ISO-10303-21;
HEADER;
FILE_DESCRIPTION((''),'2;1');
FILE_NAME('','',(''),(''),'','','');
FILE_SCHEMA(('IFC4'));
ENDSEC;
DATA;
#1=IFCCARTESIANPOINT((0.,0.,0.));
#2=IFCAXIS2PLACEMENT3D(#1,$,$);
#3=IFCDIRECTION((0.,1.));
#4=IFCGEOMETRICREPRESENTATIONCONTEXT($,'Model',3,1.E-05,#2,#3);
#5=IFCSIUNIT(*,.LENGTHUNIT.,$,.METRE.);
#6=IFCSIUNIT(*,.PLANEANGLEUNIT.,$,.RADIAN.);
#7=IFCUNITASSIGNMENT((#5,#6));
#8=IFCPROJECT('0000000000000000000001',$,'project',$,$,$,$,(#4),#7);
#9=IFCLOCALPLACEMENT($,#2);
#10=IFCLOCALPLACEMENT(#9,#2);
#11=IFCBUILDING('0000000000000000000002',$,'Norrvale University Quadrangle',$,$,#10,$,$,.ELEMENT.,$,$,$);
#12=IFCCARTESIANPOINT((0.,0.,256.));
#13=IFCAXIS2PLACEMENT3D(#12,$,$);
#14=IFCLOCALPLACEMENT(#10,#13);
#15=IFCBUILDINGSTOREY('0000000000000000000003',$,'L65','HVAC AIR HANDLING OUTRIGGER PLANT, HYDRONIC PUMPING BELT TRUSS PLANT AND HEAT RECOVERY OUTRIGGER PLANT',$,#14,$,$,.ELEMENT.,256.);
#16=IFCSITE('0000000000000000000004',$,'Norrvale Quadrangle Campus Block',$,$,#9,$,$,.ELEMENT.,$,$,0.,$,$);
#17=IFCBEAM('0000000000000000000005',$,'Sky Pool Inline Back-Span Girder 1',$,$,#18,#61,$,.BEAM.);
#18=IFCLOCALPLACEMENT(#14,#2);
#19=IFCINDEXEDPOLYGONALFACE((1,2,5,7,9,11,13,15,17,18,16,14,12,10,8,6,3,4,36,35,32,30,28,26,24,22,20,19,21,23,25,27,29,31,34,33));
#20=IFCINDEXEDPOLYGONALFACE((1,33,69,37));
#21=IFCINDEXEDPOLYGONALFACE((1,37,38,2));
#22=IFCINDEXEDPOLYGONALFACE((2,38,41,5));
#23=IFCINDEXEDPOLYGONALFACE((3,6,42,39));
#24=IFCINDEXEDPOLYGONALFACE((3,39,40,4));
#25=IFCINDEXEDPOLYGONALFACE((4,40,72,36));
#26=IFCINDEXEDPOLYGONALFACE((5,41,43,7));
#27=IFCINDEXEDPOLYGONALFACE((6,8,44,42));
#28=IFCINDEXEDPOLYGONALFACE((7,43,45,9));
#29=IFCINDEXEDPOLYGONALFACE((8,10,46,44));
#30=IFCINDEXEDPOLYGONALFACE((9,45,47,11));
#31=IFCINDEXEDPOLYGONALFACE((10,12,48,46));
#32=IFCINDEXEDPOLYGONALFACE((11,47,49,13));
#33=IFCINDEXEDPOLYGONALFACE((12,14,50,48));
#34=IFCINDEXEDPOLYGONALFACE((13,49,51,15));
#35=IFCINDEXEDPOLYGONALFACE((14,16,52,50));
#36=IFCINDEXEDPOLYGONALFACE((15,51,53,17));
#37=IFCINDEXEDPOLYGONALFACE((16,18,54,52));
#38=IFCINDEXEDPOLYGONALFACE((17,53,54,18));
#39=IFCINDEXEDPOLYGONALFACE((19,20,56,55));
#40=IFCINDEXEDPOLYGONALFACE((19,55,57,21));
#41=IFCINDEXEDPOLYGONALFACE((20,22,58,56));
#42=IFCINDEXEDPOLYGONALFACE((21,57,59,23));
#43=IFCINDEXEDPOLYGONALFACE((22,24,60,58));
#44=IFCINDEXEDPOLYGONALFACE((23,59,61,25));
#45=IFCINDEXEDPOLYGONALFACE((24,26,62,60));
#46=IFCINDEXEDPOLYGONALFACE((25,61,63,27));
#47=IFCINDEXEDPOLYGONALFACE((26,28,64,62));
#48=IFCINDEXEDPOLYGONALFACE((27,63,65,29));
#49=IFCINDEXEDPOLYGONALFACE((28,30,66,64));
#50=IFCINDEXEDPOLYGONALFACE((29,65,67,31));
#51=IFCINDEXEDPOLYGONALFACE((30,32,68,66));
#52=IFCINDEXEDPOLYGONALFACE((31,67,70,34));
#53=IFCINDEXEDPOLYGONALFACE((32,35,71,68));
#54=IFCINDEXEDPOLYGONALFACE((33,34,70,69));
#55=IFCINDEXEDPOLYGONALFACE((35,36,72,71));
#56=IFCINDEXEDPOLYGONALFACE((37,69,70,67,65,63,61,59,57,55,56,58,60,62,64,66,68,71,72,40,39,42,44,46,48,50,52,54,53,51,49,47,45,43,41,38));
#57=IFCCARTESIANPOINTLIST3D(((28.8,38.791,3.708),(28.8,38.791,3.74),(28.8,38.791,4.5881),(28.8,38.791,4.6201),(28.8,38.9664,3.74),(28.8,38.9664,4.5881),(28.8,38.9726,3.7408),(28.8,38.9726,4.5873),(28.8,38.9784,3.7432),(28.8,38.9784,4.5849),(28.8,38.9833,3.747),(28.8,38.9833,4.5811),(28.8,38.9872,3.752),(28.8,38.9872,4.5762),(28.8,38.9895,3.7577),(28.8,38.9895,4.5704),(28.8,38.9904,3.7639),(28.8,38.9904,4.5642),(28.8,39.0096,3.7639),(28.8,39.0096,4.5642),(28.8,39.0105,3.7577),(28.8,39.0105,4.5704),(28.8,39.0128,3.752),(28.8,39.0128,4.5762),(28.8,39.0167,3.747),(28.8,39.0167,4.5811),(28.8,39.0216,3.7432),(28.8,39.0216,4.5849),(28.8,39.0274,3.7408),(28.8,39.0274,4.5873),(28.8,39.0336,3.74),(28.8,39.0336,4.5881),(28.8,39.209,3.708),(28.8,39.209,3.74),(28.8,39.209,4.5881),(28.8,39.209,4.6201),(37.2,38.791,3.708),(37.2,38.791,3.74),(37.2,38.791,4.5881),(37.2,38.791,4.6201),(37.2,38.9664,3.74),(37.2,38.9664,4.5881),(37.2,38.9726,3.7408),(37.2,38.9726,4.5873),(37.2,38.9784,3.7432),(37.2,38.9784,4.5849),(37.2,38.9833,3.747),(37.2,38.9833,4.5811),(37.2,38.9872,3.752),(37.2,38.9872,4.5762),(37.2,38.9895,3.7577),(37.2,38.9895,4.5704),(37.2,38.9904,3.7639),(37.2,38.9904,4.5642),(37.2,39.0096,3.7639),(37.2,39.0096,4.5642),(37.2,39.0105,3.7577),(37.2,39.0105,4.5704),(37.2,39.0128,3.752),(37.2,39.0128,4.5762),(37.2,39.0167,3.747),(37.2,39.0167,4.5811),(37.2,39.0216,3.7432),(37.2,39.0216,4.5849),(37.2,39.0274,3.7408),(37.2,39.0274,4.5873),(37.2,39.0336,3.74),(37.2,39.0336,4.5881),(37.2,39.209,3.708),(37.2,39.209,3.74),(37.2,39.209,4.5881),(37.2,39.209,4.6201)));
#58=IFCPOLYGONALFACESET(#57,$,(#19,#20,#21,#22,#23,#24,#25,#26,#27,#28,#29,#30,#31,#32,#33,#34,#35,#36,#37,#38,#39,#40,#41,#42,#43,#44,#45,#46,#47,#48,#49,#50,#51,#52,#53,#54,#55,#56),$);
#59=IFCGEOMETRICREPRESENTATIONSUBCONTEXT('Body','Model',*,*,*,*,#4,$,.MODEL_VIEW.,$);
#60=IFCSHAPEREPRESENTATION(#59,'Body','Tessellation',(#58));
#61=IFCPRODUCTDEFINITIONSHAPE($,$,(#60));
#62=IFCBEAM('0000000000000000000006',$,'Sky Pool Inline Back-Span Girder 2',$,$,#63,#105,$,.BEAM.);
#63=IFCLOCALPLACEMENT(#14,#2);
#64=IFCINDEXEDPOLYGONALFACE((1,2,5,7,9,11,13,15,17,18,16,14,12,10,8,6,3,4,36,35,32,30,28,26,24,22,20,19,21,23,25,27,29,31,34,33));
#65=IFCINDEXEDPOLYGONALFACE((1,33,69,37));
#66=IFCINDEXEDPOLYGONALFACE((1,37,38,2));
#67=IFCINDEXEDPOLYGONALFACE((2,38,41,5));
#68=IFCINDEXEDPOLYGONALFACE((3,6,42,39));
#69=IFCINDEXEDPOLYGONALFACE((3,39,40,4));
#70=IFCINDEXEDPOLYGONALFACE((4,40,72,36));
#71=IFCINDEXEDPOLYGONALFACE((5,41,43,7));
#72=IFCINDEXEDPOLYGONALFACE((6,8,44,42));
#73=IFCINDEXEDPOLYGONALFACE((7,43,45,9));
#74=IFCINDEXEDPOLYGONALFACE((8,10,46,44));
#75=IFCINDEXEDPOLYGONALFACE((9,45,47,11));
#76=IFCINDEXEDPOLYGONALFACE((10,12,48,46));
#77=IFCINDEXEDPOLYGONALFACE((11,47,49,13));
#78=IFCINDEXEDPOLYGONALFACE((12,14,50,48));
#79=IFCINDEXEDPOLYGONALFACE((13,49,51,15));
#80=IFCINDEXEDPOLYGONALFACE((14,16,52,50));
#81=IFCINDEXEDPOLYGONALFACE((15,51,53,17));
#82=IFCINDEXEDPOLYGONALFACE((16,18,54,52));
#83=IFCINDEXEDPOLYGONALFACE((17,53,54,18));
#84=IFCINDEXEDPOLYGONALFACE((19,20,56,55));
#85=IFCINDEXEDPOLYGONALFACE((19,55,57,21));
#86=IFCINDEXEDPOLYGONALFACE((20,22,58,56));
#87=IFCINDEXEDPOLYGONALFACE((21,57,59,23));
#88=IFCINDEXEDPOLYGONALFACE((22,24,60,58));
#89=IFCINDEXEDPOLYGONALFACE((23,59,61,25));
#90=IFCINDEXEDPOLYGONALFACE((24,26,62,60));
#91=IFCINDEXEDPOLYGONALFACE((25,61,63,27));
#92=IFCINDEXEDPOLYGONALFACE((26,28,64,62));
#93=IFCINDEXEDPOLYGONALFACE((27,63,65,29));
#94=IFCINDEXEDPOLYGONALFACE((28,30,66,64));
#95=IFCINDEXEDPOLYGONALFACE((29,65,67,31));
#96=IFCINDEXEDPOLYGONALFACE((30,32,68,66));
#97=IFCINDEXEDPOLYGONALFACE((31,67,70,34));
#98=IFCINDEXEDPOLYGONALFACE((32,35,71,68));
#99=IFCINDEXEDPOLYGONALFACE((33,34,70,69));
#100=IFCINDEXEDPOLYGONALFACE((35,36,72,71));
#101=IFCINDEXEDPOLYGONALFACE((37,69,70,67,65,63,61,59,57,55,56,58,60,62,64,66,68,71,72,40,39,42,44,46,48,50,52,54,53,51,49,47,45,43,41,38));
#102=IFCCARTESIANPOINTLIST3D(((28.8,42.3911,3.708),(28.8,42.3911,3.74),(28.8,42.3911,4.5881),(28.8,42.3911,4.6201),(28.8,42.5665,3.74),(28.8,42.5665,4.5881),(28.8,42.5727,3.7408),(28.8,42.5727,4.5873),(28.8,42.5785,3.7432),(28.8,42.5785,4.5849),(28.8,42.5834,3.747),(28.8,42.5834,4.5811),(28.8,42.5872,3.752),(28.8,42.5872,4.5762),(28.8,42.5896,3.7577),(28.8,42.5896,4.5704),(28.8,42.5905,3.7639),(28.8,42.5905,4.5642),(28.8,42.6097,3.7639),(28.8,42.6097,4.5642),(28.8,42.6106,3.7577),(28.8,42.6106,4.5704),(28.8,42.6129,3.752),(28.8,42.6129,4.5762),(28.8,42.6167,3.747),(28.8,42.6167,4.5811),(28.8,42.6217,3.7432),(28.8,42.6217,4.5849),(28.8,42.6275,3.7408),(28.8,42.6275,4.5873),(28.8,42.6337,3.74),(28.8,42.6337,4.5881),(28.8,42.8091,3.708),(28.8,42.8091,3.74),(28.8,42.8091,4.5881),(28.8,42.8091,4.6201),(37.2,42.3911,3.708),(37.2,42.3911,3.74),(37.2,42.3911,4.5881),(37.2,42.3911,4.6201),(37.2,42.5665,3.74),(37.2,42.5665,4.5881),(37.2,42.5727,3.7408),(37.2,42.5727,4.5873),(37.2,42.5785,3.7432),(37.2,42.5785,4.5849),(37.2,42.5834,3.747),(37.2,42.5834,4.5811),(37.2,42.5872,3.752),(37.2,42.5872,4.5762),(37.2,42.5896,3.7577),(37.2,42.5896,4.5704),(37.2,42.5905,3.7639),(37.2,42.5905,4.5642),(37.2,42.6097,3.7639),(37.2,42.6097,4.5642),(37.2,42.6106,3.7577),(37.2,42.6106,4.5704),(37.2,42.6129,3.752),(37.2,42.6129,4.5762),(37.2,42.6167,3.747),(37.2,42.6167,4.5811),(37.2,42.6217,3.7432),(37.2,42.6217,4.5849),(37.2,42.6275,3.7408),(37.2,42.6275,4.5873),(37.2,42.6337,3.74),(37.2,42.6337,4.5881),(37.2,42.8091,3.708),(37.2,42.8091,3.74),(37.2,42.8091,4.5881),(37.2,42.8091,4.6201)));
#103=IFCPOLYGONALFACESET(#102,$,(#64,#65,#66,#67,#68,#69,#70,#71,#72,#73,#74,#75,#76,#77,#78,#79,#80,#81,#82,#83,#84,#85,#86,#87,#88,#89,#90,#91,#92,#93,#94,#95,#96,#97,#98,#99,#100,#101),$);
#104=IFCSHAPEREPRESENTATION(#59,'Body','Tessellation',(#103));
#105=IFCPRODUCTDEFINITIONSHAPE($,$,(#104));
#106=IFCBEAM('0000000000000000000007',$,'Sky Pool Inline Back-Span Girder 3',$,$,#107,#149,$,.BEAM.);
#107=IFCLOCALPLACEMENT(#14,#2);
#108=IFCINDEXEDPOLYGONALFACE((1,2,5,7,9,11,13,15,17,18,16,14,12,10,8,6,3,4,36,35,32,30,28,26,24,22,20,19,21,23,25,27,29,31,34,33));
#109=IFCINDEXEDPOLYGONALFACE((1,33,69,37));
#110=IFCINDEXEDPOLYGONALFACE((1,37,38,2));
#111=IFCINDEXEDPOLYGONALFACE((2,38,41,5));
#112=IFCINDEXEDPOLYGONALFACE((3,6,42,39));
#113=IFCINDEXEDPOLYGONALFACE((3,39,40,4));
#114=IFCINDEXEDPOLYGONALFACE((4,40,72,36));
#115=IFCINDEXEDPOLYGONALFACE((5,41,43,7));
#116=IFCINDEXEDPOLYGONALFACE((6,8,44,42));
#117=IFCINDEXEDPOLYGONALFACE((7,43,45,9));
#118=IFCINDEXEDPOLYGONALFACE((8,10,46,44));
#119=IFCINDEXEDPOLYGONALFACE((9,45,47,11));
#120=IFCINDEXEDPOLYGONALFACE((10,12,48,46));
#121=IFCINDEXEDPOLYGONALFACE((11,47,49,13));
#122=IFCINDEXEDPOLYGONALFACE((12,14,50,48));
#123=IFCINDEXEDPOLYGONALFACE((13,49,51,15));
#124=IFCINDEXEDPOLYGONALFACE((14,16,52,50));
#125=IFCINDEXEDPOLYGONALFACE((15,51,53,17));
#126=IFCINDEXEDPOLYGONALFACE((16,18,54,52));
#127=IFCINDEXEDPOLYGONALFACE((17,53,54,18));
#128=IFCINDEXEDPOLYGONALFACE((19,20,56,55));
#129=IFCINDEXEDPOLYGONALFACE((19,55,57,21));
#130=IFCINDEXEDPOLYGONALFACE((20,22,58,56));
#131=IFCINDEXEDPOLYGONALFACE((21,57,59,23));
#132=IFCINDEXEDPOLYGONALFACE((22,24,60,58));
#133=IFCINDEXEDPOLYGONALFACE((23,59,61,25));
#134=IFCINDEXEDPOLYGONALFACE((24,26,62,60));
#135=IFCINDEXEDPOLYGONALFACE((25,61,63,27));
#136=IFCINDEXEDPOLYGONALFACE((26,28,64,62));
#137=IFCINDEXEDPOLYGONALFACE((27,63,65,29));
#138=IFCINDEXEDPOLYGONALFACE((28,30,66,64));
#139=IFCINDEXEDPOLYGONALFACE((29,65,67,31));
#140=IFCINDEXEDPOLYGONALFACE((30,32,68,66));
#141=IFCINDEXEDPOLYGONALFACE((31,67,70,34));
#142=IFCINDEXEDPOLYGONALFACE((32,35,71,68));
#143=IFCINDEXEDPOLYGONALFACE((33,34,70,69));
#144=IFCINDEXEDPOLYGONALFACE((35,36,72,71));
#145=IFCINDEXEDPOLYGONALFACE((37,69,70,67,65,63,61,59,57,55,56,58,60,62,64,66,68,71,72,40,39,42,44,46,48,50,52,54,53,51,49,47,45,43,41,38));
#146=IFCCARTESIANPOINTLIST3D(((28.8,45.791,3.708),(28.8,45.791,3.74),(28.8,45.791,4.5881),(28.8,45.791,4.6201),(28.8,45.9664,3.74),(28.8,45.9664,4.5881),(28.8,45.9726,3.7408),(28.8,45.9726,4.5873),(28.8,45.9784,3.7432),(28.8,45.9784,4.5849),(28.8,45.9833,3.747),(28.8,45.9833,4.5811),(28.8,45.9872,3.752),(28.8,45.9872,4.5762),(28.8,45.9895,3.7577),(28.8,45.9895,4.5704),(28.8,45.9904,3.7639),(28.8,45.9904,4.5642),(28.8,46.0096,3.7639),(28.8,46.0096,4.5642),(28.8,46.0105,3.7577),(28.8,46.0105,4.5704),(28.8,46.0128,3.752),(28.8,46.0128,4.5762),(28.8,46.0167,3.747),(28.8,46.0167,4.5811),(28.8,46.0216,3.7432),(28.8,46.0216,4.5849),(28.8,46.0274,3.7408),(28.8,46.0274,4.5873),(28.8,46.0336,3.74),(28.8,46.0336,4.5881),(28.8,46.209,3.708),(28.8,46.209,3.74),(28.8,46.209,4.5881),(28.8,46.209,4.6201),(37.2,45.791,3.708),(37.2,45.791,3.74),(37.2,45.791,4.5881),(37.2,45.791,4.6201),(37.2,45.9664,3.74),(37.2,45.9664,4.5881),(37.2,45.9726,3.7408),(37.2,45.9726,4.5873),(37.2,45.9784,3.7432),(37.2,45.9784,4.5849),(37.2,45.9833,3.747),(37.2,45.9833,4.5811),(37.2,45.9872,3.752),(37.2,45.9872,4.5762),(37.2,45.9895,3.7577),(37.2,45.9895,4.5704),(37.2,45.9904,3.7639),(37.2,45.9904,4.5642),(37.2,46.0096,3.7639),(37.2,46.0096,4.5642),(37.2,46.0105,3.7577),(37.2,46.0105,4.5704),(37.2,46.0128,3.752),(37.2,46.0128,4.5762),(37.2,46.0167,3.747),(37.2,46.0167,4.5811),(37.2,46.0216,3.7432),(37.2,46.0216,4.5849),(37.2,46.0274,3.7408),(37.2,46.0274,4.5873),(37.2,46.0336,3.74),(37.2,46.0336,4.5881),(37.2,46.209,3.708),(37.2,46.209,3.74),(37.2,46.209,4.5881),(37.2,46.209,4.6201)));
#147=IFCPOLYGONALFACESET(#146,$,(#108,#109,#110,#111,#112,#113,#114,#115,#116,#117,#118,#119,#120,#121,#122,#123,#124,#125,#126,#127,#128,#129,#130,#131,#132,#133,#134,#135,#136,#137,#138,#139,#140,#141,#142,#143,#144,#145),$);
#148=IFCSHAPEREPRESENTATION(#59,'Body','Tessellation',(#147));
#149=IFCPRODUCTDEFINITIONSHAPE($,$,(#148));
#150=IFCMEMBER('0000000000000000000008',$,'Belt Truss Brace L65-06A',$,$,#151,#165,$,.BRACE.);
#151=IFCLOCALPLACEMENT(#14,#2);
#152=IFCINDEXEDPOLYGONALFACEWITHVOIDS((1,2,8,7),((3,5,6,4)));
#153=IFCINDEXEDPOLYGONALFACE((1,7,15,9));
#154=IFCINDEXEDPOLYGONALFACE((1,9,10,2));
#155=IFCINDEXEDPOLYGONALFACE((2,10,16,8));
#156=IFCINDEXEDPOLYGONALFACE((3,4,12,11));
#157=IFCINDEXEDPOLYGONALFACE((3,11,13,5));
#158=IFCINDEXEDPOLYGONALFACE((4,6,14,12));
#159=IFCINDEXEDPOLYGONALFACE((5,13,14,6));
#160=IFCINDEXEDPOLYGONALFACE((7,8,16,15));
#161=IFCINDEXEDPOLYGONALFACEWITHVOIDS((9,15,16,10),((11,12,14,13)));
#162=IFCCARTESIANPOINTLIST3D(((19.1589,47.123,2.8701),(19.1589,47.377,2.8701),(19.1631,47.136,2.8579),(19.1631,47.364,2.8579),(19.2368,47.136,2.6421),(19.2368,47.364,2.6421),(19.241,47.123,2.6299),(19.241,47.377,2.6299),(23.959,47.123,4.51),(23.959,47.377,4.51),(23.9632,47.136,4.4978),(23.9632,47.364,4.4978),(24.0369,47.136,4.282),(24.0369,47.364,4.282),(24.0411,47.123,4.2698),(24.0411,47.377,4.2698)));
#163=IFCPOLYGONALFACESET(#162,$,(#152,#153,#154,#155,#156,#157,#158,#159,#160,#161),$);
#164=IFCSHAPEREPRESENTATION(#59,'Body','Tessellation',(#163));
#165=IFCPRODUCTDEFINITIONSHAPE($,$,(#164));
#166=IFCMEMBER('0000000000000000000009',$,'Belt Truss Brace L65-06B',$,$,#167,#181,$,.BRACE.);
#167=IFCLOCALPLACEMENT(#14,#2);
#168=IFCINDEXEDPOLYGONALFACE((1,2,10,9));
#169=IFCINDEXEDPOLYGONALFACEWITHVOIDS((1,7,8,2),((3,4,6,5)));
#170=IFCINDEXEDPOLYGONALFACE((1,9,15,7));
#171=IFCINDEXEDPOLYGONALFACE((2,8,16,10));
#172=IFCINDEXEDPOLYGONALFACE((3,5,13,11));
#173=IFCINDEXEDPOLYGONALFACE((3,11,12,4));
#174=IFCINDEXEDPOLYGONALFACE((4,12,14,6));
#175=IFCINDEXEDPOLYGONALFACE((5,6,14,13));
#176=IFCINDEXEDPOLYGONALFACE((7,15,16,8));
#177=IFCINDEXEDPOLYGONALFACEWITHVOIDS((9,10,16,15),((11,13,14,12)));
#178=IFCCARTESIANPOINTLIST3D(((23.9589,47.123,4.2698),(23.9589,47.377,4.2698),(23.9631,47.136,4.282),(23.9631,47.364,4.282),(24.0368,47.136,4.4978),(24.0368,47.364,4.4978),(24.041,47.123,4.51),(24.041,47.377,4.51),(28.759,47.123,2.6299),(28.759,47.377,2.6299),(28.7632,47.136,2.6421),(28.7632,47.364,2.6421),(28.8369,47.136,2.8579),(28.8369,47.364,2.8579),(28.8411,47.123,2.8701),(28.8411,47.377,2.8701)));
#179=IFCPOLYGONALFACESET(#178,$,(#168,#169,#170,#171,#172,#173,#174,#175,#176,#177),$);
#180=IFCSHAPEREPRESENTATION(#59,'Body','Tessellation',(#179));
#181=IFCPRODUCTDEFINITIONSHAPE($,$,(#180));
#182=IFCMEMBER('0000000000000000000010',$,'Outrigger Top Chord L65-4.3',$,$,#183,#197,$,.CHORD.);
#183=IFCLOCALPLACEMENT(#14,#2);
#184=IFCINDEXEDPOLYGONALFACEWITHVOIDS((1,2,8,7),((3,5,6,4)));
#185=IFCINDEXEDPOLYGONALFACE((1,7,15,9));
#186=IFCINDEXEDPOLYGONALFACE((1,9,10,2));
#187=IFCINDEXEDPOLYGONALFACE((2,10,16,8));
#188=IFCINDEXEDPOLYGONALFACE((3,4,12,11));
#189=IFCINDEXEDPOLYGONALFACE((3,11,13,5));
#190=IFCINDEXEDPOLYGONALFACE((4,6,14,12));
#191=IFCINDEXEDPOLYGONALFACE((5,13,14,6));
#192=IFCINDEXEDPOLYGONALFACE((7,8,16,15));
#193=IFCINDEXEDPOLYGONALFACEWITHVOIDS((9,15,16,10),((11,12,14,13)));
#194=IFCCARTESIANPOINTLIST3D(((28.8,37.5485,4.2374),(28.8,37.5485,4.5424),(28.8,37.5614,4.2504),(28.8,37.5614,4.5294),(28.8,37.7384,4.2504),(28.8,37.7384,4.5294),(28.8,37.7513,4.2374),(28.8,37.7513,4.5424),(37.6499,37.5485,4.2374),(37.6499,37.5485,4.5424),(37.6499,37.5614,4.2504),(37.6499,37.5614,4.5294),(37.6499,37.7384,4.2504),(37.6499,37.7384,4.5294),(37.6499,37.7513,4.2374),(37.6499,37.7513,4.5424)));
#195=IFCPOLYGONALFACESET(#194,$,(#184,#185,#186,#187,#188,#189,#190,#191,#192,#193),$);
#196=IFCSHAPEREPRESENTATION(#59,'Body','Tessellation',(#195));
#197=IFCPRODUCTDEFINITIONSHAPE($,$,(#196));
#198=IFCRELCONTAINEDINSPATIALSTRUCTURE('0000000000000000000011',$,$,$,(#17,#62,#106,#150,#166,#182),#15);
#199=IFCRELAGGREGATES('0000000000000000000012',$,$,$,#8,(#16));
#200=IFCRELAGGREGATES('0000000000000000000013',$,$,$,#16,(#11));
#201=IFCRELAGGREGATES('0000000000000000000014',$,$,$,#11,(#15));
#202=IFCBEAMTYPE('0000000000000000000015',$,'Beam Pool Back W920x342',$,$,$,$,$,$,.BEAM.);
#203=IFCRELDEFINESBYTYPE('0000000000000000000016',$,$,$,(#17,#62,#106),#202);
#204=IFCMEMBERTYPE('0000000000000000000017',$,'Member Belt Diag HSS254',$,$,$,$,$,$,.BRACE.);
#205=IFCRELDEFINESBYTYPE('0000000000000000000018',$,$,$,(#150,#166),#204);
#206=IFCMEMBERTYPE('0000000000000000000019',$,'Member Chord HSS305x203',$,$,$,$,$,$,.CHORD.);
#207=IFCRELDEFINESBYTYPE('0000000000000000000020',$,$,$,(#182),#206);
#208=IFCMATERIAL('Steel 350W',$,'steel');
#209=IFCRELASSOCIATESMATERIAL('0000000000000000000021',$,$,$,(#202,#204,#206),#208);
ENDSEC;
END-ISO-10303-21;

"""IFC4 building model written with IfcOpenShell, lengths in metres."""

from ifc_helpers import new_model, si_unit, direction, frame, origin, origin_2d, place, context, subcontext, project, spatial, hollow_rectangle, i_section, extrude, material, material_profile, profile_set, type_object, element, save


model = new_model("IFC4")

# Units and contexts
model_context = context("Model", 3, precision=1e-05, world=origin(), true_north=direction((0.0, 1.0)))
body_context = subcontext(model_context, "Body", "Model", "MODEL_VIEW")
ifc_project = project(units=[si_unit("LENGTHUNIT", "METRE"), si_unit("PLANEANGLEUNIT", "RADIAN")], contexts=[model_context])

# Site, building, storey
site_placement = place(None, origin())
site = spatial("IfcSite", under=ifc_project, at=site_placement, Name="Norrvale Quadrangle Campus Block", CompositionType="ELEMENT", RefElevation=0.0)
building_placement = place(site_placement, origin())
building = spatial("IfcBuilding", under=site, at=building_placement, Name="Norrvale University Quadrangle", CompositionType="ELEMENT")
storey_placement = place(building_placement, frame((0.0, 0.0, 256.0)))
storey = spatial("IfcBuildingStorey", under=building, at=storey_placement, Name="L65", Description="HVAC AIR HANDLING OUTRIGGER PLANT, HYDRONIC PUMPING BELT TRUSS PLANT AND HEAT RECOVERY OUTRIGGER PLANT", CompositionType="ELEMENT", Elevation=256.0)

# Beams
ifc_material_1 = material(Name="Steel 350W", Category="steel")
ifc_material_profile_1 = material_profile(ifc_material_1, i_section(OverallWidth=0.418, OverallDepth=0.9121, WebThickness=0.0193, FlangeThickness=0.032, FilletRadius=0.0239, at=origin_2d()), Name="Steel 350W")
ifc_profile_set_1 = profile_set([ifc_material_profile_1], Name="Steel 350W")
beam_type_1 = type_object("IfcBeamType", Name="Beam Pool Back W920x342", PredefinedType="BEAM", material=ifc_profile_set_1)
for number, where, z_axis, x_axis, name in (
    (1, (28.8, 39.0, 4.1641), (1.0, 0.0, 0.0), (0.0, 1.0, 0.0), "Sky Pool Inline Back-Span Girder 1"),
    (2, (28.8, 42.6001, 4.1641), (1.0, 0.0, 0.0), (0.0, 1.0, 0.0), "Sky Pool Inline Back-Span Girder 2"),
    (3, (28.8, 46.0, 4.1641), (1.0, 0.0, 0.0), (0.0, 1.0, 0.0), "Sky Pool Inline Back-Span Girder 3"),
):
    element("IfcBeam", number, at=place(storey_placement, frame(where, z_axis=z_axis, x_axis=x_axis)), inside=storey, type_object=beam_type_1, Name=name, PredefinedType="BEAM", context=body_context, shape_type="SweptSolid", body=[
        extrude(i_section(OverallWidth=0.418, OverallDepth=0.9121, WebThickness=0.0193, FlangeThickness=0.032, FilletRadius=0.0239, at=origin_2d()), origin(), (0.0, 0.0, 1.0), 8.3999),
    ])

# Members
ifc_material_profile_2 = material_profile(ifc_material_1, hollow_rectangle(XDim=0.2539, YDim=0.2539, WallThickness=0.0129, at=origin_2d()), Name="Steel 350W")
ifc_profile_set_2 = profile_set([ifc_material_profile_2], Name="Steel 350W")
member_type_1 = type_object("IfcMemberType", Name="Member Belt Diag HSS254", PredefinedType="BRACE", material=ifc_profile_set_2)
for number, where, z_axis, x_axis, name in (
    (4, (19.2, 47.25, 2.75), (0.946299, 0.0, 0.323294), (0.0, 1.0, 0.0), "Belt Truss Brace L65-06A"),
    (5, (28.8, 47.25, 2.75), (-0.946299, 0.0, 0.323294), (0.0, -1.0, 0.0), "Belt Truss Brace L65-06B"),
):
    element("IfcMember", number, at=place(storey_placement, frame(where, z_axis=z_axis, x_axis=x_axis)), inside=storey, type_object=member_type_1, Name=name, PredefinedType="BRACE", context=body_context, shape_type="SweptSolid", body=[
        extrude(hollow_rectangle(XDim=0.2539, YDim=0.2539, WallThickness=0.0129, at=origin_2d()), origin(), (0.0, 0.0, 1.0), 5.0725),
    ])
ifc_material_profile_3 = material_profile(ifc_material_1, hollow_rectangle(XDim=0.2029, YDim=0.3049, WallThickness=0.0129, at=origin_2d()), Name="Steel 350W")
ifc_profile_set_3 = profile_set([ifc_material_profile_3], Name="Steel 350W")
member_type_2 = type_object("IfcMemberType", Name="Member Chord HSS305x203", PredefinedType="CHORD", material=ifc_profile_set_3)
member_1_placement = place(storey_placement, frame((28.8, 37.6499, 4.3899), z_axis=(1.0, 0.0, 0.0), x_axis=(0.0, 1.0, 0.0)))
element("IfcMember", 6, at=member_1_placement, inside=storey, type_object=member_type_2, Name="Outrigger Top Chord L65-4.3", PredefinedType="CHORD", context=body_context, shape_type="SweptSolid", body=[
    extrude(hollow_rectangle(XDim=0.2029, YDim=0.3049, WallThickness=0.0129, at=origin_2d()), origin(), (0.0, 0.0, 1.0), 8.8499),
])

save(model, "model.ifc")
